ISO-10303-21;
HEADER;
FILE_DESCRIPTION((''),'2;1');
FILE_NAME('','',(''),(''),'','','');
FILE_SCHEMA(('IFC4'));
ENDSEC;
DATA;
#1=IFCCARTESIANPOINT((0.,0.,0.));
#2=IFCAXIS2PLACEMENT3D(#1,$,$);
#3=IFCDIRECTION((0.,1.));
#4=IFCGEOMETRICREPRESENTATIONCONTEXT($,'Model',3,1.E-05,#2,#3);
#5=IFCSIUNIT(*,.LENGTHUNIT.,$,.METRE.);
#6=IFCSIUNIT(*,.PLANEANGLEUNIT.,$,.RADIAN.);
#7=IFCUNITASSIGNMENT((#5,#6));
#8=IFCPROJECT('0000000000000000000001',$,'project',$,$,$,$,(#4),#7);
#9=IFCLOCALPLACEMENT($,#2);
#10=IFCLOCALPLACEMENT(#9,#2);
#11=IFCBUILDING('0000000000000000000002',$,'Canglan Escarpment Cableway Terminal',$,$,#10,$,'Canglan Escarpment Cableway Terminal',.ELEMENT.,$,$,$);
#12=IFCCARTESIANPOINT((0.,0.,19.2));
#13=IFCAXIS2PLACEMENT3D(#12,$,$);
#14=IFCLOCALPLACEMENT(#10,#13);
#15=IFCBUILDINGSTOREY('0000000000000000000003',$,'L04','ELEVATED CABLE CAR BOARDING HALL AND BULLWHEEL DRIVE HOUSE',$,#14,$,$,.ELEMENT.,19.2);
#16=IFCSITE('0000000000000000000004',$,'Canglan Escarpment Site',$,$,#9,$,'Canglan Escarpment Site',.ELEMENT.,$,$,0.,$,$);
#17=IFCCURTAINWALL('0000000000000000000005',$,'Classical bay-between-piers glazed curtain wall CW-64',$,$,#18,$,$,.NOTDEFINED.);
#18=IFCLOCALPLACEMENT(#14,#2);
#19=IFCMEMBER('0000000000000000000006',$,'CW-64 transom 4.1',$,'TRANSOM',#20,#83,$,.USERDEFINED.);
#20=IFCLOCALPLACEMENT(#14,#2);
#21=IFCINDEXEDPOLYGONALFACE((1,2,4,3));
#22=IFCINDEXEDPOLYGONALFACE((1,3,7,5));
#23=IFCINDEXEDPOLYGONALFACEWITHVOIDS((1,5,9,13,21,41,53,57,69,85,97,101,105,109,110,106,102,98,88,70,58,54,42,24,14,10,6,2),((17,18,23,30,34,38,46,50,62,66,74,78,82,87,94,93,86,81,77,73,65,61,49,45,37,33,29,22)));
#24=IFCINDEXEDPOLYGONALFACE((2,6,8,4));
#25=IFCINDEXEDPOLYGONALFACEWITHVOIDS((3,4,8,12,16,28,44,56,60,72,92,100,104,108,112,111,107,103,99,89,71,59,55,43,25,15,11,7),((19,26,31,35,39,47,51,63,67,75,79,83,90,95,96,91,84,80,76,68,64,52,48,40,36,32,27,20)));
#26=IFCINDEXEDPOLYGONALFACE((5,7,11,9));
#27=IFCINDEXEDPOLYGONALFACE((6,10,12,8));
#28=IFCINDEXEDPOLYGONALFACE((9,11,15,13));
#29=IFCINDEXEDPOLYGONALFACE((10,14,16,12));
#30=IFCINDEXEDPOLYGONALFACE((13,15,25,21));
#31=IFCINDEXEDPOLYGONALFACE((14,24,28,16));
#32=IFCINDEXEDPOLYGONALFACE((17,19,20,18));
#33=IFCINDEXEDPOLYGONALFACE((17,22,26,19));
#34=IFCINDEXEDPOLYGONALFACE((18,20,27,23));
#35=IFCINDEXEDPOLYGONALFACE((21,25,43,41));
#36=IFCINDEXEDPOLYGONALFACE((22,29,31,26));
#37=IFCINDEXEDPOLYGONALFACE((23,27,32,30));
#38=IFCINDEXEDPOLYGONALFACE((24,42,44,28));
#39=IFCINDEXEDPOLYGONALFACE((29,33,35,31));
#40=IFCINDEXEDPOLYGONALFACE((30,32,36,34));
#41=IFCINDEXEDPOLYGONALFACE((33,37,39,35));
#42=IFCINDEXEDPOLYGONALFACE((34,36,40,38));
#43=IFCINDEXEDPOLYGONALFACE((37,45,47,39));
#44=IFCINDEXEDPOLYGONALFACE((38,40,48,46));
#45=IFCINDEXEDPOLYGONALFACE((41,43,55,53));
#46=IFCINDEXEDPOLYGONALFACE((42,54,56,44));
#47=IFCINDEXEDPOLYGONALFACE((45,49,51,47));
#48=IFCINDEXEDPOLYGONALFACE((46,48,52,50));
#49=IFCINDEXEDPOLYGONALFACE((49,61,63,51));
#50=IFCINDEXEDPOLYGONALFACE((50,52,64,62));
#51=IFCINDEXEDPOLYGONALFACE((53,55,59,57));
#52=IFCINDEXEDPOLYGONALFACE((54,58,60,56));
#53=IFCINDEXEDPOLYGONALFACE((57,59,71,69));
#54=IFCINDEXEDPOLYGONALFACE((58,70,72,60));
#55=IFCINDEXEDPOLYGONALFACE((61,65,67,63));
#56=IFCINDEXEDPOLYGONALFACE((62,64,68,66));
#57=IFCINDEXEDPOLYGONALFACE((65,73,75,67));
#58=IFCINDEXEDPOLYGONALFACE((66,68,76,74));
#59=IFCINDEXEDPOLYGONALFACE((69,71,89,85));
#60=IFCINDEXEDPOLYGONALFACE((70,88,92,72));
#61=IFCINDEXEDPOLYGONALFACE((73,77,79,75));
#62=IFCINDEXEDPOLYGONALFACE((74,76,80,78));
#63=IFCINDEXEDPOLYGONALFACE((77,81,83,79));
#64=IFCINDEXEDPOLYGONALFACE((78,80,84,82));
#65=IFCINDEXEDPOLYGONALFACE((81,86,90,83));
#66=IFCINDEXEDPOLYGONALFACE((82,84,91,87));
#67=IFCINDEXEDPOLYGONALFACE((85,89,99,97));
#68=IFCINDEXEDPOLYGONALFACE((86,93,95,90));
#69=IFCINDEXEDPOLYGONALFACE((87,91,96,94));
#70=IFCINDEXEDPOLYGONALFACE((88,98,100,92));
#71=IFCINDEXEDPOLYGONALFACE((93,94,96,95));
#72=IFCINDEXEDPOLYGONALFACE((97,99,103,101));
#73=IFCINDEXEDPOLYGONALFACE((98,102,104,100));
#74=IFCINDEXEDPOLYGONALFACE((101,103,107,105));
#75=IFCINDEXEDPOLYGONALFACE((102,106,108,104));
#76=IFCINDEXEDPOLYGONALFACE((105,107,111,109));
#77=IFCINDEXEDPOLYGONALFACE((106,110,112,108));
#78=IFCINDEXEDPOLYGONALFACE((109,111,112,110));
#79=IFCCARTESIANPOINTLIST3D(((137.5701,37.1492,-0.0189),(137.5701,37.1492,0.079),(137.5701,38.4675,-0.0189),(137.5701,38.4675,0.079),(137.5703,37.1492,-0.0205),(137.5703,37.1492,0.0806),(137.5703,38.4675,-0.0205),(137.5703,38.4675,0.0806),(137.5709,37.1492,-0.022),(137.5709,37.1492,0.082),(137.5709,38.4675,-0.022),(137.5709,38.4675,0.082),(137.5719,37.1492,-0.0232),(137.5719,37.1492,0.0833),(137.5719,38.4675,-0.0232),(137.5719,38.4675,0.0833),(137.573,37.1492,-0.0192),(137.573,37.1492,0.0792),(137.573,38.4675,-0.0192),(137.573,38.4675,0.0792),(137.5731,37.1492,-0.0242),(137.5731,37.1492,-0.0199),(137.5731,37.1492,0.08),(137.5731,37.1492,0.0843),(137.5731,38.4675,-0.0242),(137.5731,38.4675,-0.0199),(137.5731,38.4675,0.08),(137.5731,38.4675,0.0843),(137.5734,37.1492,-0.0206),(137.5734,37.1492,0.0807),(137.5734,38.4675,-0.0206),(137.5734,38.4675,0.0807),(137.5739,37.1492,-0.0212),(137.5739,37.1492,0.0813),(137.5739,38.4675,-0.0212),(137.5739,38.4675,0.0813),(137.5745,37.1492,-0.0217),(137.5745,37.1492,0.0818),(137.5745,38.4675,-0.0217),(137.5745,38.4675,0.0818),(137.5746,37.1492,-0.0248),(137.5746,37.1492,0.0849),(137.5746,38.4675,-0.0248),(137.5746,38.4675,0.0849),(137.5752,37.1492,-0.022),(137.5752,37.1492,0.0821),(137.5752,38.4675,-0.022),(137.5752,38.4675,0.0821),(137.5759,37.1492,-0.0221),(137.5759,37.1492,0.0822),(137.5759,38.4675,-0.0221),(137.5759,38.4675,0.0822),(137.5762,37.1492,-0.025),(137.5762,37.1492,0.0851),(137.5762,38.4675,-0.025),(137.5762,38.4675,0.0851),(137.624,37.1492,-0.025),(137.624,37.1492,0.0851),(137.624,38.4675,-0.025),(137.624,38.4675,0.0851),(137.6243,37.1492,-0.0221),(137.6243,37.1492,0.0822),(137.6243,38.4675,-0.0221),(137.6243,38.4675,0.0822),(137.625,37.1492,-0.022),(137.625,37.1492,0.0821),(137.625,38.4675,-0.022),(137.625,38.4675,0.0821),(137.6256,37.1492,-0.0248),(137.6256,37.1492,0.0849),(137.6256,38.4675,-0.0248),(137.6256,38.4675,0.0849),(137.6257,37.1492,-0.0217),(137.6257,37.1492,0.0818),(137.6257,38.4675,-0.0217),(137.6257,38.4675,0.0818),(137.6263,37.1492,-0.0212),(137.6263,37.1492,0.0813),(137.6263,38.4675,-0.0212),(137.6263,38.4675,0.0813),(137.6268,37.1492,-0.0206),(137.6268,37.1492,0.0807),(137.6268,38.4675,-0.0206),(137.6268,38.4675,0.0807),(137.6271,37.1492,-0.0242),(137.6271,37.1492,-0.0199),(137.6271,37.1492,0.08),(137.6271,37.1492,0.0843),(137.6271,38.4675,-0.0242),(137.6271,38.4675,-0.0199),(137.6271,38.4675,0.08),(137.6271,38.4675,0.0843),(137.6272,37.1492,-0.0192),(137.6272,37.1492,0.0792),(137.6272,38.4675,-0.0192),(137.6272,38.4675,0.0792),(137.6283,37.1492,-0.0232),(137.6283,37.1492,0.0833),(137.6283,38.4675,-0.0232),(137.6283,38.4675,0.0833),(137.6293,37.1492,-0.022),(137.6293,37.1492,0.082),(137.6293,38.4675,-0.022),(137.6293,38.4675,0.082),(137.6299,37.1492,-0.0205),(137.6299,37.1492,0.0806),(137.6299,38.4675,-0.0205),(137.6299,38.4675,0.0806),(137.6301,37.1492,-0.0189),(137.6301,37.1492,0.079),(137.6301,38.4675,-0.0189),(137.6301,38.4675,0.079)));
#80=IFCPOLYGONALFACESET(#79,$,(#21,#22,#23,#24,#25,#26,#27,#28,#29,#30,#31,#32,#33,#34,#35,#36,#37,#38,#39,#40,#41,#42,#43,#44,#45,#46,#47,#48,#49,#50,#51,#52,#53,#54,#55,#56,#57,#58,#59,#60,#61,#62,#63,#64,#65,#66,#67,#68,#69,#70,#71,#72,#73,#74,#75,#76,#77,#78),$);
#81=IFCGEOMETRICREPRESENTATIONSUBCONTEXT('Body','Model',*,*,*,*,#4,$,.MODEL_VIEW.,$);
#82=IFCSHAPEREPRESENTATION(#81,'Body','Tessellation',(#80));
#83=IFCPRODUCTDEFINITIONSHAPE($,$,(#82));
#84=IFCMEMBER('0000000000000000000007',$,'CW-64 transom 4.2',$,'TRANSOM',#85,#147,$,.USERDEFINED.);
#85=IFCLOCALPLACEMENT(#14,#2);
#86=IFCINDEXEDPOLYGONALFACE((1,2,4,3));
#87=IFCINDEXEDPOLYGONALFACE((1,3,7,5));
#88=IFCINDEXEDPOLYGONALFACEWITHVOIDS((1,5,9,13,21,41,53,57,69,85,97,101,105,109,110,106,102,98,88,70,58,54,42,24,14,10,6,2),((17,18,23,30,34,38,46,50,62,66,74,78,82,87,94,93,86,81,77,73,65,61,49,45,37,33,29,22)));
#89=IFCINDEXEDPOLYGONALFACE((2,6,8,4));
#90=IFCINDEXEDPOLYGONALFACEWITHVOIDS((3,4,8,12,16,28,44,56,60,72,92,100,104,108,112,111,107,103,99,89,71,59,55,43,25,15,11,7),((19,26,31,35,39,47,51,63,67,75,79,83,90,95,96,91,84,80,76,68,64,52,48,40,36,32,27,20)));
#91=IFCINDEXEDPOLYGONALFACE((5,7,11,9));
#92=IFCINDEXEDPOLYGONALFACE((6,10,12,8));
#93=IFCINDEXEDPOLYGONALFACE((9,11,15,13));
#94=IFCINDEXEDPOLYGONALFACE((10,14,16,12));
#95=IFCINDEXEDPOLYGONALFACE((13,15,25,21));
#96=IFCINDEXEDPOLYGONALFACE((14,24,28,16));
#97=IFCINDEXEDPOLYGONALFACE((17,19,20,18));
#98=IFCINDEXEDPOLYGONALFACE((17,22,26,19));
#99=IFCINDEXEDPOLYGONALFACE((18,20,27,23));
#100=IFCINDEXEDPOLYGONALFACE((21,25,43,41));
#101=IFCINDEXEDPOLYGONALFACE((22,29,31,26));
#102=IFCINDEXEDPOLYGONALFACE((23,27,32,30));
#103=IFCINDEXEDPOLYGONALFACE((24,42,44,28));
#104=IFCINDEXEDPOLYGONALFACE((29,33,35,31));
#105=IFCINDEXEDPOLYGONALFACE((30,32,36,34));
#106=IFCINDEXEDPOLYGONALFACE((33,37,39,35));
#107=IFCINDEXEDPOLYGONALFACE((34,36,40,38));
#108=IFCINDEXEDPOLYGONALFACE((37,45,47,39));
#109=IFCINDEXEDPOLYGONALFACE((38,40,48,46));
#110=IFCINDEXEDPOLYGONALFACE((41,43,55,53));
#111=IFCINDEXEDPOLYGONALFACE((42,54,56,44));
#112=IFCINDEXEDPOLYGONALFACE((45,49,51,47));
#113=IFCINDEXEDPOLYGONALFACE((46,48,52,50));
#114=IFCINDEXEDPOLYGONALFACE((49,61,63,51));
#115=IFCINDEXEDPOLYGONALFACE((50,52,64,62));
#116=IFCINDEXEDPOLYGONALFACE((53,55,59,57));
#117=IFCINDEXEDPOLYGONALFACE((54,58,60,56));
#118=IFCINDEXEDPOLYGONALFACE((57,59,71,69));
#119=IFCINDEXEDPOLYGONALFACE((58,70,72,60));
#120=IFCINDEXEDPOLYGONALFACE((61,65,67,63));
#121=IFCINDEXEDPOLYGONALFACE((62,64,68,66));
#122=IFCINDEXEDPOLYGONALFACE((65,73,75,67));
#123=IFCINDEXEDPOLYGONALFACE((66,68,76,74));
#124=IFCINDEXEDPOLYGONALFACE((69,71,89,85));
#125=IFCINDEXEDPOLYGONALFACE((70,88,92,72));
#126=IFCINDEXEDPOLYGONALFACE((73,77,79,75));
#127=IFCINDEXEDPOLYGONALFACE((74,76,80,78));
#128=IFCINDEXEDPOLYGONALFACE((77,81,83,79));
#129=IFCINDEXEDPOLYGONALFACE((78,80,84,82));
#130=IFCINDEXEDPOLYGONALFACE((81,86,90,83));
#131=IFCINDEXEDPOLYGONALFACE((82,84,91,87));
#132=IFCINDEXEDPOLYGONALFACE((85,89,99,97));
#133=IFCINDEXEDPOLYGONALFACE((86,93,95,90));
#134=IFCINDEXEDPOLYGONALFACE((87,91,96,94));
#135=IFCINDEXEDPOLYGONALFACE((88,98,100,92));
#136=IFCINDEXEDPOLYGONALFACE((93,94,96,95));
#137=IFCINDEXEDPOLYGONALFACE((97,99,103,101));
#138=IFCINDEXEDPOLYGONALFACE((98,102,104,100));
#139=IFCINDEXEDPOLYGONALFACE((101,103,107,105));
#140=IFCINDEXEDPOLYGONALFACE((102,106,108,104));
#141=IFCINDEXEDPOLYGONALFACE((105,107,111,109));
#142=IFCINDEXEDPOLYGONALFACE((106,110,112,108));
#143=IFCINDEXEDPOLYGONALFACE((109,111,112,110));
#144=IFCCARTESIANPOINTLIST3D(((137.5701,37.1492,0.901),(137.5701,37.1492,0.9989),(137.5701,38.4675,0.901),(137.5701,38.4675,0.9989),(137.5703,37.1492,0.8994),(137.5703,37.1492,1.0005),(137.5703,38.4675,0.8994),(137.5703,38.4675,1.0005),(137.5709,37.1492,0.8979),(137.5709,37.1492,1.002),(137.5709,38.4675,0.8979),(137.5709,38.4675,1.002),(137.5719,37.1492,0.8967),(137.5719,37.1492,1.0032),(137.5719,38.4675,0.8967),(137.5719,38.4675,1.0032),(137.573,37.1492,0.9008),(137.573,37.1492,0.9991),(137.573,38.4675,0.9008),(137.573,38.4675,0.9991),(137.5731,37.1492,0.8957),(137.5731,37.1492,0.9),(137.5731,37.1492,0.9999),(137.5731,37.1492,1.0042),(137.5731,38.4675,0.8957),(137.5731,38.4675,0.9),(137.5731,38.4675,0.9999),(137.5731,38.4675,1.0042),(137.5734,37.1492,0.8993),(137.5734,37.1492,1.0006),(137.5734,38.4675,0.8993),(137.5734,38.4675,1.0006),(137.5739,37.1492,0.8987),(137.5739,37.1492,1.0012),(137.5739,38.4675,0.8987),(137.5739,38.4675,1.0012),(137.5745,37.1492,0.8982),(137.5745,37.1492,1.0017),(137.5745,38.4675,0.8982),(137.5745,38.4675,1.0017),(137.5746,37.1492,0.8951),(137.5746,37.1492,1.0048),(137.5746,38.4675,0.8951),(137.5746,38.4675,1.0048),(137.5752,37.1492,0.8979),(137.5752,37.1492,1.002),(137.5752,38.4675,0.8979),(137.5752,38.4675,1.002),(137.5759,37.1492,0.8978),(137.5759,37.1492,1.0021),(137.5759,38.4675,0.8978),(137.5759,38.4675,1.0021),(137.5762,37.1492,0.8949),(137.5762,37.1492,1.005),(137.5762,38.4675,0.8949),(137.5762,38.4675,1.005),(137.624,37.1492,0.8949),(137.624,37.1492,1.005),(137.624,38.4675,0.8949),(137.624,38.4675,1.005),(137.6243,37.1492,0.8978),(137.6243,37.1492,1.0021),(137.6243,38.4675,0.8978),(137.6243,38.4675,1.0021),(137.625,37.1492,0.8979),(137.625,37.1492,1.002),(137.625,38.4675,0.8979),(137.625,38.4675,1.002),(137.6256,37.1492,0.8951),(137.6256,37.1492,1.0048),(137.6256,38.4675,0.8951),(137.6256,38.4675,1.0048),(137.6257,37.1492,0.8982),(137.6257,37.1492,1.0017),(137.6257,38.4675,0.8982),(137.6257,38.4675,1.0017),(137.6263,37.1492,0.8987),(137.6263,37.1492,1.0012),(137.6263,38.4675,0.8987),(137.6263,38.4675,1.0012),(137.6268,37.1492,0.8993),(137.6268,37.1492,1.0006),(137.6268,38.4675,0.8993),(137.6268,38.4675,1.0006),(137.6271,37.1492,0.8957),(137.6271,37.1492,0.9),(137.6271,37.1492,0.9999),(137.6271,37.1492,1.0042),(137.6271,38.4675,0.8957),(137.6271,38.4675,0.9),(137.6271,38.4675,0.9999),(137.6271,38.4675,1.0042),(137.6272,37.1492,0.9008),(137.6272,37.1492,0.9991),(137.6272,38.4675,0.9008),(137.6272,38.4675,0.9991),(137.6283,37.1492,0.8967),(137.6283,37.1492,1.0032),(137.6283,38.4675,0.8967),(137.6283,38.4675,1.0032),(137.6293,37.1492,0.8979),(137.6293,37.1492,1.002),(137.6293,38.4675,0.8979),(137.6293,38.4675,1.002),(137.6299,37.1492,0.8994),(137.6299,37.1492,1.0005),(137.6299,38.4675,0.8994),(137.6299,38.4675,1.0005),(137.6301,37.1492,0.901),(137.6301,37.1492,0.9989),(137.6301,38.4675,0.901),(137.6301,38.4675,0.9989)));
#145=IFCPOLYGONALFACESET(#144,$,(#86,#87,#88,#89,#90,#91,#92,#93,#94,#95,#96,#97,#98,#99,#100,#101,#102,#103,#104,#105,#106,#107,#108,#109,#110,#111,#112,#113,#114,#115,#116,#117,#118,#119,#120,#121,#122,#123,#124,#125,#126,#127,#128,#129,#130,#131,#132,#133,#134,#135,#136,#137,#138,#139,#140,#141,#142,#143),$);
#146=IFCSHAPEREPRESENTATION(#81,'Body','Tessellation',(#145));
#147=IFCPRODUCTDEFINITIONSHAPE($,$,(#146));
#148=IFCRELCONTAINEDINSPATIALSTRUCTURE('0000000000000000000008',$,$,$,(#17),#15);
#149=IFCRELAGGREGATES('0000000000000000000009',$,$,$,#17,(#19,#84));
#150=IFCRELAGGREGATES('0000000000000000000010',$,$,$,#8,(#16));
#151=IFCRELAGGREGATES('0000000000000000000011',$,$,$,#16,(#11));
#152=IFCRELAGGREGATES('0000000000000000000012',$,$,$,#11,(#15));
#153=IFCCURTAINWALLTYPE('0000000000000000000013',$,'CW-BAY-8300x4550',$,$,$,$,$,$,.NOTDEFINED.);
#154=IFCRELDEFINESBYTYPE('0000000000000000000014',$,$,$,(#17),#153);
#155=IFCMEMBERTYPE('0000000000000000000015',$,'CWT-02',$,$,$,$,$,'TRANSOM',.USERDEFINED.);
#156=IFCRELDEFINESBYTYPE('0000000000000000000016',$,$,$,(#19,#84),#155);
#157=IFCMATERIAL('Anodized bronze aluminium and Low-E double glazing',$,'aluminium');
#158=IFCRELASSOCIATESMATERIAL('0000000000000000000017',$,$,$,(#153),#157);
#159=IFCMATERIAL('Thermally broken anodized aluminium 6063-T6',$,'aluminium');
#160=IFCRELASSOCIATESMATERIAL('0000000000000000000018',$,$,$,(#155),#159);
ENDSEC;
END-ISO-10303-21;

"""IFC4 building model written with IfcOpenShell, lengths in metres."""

from ifc_helpers import new_model, si_unit, direction, frame, origin, origin_2d, place, context, subcontext, project, spatial, hollow_rectangle, extrude, material, material_profile, profile_set, type_object, element, aggregate, save


model = new_model("IFC4")

# Units and contexts
model_context = context("Model", 3, precision=1e-05, world=origin(), true_north=direction((0.0, 1.0)))
body_context = subcontext(model_context, "Body", "Model", "MODEL_VIEW")
ifc_project = project(units=[si_unit("LENGTHUNIT", "METRE"), si_unit("PLANEANGLEUNIT", "RADIAN")], contexts=[model_context])

# Site, building, storey
site_placement = place(None, origin())
site = spatial("IfcSite", under=ifc_project, at=site_placement, Name="Canglan Escarpment Site", LongName="Canglan Escarpment Site", CompositionType="ELEMENT", RefElevation=0.0)
building_placement = place(site_placement, origin())
building = spatial("IfcBuilding", under=site, at=building_placement, Name="Canglan Escarpment Cableway Terminal", LongName="Canglan Escarpment Cableway Terminal", CompositionType="ELEMENT")
storey_placement = place(building_placement, frame((0.0, 0.0, 19.2)))
storey = spatial("IfcBuildingStorey", under=building, at=storey_placement, Name="L04", Description="ELEVATED CABLE CAR BOARDING HALL AND BULLWHEEL DRIVE HOUSE", CompositionType="ELEMENT", Elevation=19.2)

# Curtain wall, members
ifc_material_1 = material(Name="Anodized bronze aluminium and Low-E double glazing", Category="aluminium")
curtain_wall_type = type_object("IfcCurtainWallType", Name="CW-BAY-8300x4550", PredefinedType="NOTDEFINED", material=ifc_material_1)
curtain_wall_placement = place(storey_placement, origin())
curtain_wall = element("IfcCurtainWall", 1, at=curtain_wall_placement, inside=storey, type_object=curtain_wall_type, Name="Classical bay-between-piers glazed curtain wall CW-64", PredefinedType="NOTDEFINED")
ifc_material_2 = material(Name="Thermally broken anodized aluminium 6063-T6", Category="aluminium")
ifc_material_profile_1 = material_profile(ifc_material_2, hollow_rectangle(XDim=0.0601, YDim=0.1101, WallThickness=0.0029, InnerFilletRadius=0.0029, OuterFilletRadius=0.0061, at=origin_2d()), Name="ALU-TRAN 60x110x3")
ifc_profile_set_1 = profile_set([ifc_material_profile_1], Name="Thermally broken anodized aluminium 6063-T6")
member_type_1 = type_object("IfcMemberType", Name="CWT-02", ElementType="TRANSOM", PredefinedType="USERDEFINED", material=ifc_profile_set_1)
member_1_placement = place(storey_placement, frame((137.6001, 38.4675, 0.03), z_axis=(0.0, -1.0, 0.0), x_axis=(1.0, 0.0, 0.0)))
member_1 = element("IfcMember", 2, at=member_1_placement, type_object=member_type_1, Name="CW-64 transom 4.1", ObjectType="TRANSOM", PredefinedType="USERDEFINED", context=body_context, shape_type="SweptSolid", body=[
    extrude(hollow_rectangle(XDim=0.0601, YDim=0.1101, WallThickness=0.0029, InnerFilletRadius=0.0029, OuterFilletRadius=0.0061, at=origin_2d()), origin(), (0.0, 0.0, 1.0), 1.3184),
])
member_2_placement = place(storey_placement, frame((137.6001, 38.4675, 0.95), z_axis=(0.0, -1.0, 0.0), x_axis=(1.0, 0.0, 0.0)))
member_2 = element("IfcMember", 3, at=member_2_placement, type_object=member_type_1, Name="CW-64 transom 4.2", ObjectType="TRANSOM", PredefinedType="USERDEFINED", context=body_context, shape_type="SweptSolid", body=[
    extrude(hollow_rectangle(XDim=0.0601, YDim=0.1101, WallThickness=0.0029, InnerFilletRadius=0.0029, OuterFilletRadius=0.0061, at=origin_2d()), origin(), (0.0, 0.0, 1.0), 1.3184),
])
aggregate(curtain_wall, [member_1, member_2])

save(model, "model.ifc")
